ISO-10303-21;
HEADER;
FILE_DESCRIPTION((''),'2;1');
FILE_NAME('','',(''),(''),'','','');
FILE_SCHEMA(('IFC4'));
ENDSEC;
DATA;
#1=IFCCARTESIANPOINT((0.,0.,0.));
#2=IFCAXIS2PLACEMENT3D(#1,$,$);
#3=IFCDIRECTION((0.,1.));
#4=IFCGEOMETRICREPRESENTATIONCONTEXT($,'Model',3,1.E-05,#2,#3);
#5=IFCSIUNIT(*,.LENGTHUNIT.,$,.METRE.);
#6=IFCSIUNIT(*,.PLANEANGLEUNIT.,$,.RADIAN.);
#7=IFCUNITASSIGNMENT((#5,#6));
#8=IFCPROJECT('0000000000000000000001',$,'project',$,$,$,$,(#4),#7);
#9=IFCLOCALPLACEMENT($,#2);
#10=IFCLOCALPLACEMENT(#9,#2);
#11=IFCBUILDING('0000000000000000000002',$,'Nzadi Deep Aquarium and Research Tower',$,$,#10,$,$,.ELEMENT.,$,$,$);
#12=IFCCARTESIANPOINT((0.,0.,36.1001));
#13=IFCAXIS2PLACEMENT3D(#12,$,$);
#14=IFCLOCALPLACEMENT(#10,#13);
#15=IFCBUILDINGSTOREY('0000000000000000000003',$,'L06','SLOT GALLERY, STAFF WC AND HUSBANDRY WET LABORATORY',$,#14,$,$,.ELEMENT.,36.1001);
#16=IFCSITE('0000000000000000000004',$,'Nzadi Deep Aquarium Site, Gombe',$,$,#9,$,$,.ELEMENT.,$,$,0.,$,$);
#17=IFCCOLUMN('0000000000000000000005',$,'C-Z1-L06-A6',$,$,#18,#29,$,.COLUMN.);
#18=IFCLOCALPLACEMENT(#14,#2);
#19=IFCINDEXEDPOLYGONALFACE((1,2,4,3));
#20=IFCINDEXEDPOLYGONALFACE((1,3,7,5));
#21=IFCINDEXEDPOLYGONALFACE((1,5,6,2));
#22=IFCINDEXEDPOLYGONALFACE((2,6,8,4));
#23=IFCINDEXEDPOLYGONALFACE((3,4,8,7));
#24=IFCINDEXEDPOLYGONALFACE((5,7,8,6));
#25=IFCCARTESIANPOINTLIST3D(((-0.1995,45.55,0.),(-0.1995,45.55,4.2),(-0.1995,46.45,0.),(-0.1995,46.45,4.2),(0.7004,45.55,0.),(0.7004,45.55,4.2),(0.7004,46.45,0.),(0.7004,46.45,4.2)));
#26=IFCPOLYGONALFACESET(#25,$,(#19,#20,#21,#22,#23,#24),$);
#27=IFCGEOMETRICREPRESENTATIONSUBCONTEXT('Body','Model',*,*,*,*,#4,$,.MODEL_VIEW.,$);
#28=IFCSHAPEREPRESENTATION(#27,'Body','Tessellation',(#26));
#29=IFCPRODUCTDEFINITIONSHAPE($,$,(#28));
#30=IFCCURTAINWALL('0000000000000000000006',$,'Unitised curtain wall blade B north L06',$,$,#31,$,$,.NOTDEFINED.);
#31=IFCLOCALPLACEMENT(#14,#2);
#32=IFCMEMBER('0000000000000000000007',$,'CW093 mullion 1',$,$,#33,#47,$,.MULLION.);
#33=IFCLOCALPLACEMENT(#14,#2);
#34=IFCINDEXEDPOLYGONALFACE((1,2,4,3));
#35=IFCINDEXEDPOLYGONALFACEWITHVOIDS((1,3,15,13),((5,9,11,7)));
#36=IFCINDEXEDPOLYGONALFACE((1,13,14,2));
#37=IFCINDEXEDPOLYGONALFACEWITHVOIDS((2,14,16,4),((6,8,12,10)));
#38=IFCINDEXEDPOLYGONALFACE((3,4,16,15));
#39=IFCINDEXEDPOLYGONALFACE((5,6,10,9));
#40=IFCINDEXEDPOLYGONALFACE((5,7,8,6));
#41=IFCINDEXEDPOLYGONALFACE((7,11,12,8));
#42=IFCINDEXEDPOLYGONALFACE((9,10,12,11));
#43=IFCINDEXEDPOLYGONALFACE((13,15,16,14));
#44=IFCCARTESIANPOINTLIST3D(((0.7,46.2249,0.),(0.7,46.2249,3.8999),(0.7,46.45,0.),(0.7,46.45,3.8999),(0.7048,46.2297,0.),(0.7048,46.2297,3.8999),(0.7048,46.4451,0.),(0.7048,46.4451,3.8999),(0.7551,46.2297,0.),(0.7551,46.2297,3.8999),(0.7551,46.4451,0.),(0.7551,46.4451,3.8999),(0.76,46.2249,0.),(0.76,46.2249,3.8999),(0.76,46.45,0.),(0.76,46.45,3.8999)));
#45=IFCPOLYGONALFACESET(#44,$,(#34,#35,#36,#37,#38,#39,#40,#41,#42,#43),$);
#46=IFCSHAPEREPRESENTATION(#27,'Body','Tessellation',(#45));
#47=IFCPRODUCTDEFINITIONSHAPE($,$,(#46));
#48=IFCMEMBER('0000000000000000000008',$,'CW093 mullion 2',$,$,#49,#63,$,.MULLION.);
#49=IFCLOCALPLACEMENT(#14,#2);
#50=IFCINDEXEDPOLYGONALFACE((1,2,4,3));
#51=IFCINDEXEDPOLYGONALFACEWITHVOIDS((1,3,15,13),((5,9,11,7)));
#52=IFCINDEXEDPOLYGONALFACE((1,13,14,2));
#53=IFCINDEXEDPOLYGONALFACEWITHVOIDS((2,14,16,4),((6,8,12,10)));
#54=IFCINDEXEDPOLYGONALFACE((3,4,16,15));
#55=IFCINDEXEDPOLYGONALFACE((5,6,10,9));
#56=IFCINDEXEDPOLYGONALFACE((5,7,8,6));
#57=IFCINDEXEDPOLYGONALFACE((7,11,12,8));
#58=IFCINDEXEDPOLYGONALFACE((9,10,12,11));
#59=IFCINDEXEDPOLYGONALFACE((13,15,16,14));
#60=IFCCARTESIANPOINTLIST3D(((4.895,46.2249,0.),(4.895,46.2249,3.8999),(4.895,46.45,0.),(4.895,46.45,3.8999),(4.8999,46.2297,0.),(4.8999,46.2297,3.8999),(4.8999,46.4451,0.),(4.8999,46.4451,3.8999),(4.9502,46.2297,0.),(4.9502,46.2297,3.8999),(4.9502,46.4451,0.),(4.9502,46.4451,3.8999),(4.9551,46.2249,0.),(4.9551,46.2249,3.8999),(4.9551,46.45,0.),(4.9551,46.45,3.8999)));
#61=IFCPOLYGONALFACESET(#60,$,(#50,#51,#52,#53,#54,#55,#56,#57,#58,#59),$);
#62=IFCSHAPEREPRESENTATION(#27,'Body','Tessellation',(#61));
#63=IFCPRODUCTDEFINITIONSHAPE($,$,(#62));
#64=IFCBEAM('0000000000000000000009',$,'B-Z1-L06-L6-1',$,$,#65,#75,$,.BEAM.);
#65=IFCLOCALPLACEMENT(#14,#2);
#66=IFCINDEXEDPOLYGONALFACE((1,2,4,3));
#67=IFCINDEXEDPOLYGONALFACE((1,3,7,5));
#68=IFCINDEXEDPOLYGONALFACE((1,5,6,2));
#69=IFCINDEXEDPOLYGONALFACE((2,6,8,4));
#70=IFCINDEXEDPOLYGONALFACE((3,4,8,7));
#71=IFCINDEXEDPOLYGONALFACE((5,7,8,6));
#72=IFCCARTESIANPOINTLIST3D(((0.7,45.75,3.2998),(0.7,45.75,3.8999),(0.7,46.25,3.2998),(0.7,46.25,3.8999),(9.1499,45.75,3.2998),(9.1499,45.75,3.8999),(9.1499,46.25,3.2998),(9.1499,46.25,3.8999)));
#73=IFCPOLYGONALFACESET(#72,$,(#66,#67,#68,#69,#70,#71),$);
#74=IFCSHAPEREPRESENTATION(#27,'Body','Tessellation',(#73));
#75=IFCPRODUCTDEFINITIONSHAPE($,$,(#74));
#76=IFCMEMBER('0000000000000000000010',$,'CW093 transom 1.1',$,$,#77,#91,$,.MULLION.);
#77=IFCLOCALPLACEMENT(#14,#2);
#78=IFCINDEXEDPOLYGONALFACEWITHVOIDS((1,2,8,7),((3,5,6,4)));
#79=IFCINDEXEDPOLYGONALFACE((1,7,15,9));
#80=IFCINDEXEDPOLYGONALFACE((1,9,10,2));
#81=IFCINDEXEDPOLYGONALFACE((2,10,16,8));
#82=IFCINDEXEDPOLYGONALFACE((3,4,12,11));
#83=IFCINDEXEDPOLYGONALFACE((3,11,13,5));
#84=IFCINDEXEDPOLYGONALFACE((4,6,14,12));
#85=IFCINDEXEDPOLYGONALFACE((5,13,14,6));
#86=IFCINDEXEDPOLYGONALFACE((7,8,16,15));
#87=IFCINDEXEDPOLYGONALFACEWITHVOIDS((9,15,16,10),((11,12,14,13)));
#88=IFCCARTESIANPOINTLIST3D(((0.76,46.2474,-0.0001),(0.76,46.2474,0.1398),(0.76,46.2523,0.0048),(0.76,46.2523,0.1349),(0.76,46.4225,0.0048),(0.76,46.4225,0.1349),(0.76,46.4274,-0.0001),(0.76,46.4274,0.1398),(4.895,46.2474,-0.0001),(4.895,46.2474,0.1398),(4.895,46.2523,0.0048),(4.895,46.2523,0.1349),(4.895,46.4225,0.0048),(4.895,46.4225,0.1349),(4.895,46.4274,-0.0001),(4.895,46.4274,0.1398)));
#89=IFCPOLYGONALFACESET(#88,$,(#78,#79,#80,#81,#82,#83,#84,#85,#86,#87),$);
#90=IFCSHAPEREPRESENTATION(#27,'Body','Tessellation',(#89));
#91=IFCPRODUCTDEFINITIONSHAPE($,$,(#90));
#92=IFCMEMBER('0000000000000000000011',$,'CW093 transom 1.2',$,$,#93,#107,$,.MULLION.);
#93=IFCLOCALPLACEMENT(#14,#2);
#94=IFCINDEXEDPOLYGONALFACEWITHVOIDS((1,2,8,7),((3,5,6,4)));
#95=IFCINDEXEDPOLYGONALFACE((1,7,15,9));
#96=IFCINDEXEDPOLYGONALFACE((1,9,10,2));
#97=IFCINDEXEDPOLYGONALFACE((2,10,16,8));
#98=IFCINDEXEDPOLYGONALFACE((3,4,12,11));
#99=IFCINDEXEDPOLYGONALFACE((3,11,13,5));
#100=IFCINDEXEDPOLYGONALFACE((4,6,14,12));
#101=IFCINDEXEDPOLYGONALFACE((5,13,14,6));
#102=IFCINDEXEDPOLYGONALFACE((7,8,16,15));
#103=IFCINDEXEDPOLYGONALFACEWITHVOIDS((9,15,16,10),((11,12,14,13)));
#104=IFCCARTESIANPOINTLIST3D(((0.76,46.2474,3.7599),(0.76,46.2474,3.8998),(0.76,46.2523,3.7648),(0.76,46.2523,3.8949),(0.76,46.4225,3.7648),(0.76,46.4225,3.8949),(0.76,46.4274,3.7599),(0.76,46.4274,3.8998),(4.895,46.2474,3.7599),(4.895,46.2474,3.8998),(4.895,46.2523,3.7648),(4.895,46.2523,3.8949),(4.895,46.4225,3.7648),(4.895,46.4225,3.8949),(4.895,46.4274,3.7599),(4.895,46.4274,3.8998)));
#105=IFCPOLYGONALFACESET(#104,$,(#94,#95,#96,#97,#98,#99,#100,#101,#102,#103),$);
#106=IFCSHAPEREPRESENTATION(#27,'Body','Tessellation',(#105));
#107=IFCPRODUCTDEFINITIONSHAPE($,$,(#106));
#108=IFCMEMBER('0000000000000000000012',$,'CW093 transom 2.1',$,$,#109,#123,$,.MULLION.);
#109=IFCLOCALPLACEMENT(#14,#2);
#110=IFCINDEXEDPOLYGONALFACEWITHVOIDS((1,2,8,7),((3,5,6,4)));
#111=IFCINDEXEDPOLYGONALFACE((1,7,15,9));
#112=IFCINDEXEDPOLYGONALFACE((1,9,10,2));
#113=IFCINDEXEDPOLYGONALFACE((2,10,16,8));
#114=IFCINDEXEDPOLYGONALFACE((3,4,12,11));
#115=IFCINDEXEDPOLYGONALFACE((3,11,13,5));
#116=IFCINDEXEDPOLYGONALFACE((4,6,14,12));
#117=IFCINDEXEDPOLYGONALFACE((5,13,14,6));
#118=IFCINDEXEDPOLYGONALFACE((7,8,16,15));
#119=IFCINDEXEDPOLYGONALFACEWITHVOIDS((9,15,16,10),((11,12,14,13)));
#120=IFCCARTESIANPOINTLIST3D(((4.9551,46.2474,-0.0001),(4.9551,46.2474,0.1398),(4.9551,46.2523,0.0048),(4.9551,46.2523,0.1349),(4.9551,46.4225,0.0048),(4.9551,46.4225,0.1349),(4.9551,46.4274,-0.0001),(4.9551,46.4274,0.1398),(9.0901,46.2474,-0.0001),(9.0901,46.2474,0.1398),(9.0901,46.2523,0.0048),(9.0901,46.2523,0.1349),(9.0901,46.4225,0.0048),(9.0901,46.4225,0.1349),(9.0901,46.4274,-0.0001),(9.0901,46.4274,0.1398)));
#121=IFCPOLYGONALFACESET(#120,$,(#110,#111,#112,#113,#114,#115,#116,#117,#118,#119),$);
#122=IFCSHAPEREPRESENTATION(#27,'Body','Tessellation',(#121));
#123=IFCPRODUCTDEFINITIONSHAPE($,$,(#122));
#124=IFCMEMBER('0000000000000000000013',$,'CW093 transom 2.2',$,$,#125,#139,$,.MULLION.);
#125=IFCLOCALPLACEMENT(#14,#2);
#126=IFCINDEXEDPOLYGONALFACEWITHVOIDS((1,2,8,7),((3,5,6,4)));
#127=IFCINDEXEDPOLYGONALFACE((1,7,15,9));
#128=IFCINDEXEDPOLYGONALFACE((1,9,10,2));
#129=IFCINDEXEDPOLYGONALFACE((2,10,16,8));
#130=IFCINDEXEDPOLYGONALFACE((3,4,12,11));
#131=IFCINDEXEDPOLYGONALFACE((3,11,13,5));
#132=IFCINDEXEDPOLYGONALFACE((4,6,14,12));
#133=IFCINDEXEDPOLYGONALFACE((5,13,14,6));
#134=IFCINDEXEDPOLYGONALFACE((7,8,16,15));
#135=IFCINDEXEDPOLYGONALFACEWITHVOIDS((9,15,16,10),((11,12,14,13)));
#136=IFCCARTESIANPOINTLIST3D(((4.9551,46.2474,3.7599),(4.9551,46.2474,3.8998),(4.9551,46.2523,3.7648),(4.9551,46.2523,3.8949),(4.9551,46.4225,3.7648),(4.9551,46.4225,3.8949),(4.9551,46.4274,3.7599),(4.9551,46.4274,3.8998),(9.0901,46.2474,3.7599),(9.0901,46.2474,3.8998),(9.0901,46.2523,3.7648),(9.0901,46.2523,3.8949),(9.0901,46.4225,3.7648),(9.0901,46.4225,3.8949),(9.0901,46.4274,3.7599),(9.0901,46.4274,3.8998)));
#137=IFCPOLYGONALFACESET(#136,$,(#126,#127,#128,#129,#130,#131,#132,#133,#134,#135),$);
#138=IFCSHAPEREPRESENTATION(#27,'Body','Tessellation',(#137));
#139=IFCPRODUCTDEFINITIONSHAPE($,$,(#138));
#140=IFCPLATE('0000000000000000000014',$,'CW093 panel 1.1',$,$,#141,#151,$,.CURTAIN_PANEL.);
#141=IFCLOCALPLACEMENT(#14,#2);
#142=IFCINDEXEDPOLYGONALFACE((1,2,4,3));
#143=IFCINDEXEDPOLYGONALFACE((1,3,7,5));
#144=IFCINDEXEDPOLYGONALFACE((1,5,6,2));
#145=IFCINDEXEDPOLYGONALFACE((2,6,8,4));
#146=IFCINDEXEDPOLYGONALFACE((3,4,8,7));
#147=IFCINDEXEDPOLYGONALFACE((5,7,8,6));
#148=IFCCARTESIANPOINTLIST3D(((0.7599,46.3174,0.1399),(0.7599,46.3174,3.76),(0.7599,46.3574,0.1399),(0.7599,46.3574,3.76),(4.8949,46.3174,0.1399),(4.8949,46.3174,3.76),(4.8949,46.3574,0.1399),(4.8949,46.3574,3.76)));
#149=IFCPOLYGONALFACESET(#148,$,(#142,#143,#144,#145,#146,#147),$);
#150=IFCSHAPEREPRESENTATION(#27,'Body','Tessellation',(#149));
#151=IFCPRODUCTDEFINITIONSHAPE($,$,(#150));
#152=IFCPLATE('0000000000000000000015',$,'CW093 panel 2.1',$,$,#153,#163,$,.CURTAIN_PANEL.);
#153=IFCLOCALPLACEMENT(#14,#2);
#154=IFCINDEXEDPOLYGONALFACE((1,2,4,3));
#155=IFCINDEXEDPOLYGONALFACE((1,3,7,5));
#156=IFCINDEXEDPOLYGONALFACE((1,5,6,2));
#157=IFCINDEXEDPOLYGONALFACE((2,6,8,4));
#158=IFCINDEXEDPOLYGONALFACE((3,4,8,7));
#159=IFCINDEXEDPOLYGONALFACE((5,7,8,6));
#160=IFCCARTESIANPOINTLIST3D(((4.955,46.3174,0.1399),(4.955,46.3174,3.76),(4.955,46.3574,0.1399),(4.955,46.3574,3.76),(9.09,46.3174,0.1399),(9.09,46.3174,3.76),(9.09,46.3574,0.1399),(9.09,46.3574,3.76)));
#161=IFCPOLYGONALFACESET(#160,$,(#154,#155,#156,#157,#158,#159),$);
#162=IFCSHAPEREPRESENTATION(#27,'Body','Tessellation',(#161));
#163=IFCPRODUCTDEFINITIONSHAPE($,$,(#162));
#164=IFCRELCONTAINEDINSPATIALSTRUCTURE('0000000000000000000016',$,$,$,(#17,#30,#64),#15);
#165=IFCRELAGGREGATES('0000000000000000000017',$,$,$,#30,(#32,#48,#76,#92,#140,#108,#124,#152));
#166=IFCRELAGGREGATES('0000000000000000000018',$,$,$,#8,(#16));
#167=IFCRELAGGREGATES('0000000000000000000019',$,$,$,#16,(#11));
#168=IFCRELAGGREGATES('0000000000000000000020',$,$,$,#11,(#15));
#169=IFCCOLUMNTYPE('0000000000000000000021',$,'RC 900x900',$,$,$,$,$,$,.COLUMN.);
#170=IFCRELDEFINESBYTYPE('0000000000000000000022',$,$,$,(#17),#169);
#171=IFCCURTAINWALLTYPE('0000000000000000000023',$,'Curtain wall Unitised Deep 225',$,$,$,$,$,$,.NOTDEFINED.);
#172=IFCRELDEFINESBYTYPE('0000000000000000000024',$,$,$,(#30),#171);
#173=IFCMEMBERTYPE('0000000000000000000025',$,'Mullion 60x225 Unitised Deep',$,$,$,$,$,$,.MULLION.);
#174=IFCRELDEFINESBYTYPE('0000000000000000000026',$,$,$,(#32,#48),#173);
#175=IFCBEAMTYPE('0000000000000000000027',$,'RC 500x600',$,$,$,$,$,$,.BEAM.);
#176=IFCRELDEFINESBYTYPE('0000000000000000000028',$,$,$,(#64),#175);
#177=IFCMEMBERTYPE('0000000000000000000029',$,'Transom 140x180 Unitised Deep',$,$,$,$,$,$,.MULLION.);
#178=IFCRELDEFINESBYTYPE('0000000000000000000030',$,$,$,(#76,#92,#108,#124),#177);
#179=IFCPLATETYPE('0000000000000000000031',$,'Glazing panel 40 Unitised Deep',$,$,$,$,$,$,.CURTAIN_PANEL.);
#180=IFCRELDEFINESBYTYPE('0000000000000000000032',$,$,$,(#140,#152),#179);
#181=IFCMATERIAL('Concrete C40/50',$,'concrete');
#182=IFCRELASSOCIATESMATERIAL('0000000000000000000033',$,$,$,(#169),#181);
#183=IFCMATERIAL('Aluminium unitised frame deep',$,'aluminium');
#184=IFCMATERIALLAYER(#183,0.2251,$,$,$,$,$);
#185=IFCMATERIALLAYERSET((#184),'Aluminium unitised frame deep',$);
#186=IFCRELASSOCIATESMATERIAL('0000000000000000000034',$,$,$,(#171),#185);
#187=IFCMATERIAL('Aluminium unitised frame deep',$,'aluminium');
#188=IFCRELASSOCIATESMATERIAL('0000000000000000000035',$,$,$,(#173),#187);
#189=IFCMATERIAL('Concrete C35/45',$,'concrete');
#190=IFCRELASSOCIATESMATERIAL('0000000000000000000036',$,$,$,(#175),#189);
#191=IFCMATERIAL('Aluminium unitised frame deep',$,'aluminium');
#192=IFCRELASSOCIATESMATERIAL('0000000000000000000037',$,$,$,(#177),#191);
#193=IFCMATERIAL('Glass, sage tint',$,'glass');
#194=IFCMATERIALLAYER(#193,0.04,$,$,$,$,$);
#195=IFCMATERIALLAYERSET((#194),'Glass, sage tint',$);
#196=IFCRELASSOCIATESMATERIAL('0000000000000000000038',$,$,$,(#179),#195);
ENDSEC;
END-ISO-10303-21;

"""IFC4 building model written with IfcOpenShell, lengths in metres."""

from ifc_helpers import new_model, si_unit, direction, frame, origin, origin_2d, place, context, subcontext, project, spatial, rectangle, hollow_rectangle, extrude, material, layer, layer_set, material_profile, profile_set, type_object, element, aggregate, save


model = new_model("IFC4")

# Units and contexts
model_context = context("Model", 3, precision=1e-05, world=origin(), true_north=direction((0.0, 1.0)))
body_context = subcontext(model_context, "Body", "Model", "MODEL_VIEW")
ifc_project = project(units=[si_unit("LENGTHUNIT", "METRE"), si_unit("PLANEANGLEUNIT", "RADIAN")], contexts=[model_context])

# Site, building, storey
site_placement = place(None, origin())
site = spatial("IfcSite", under=ifc_project, at=site_placement, Name="Nzadi Deep Aquarium Site, Gombe", CompositionType="ELEMENT", RefElevation=0.0)
building_placement = place(site_placement, origin())
building = spatial("IfcBuilding", under=site, at=building_placement, Name="Nzadi Deep Aquarium and Research Tower", CompositionType="ELEMENT")
storey_placement = place(building_placement, frame((0.0, 0.0, 36.1001)))
storey = spatial("IfcBuildingStorey", under=building, at=storey_placement, Name="L06", Description="SLOT GALLERY, STAFF WC AND HUSBANDRY WET LABORATORY", CompositionType="ELEMENT", Elevation=36.1001)

# Column
ifc_material_1 = material(Name="Concrete C40/50", Category="concrete")
ifc_material_profile_1 = material_profile(ifc_material_1, rectangle(XDim=0.8999, YDim=0.8999, at=origin_2d()))
ifc_profile_set_1 = profile_set([ifc_material_profile_1], Name="Concrete C40/50")
column_type = type_object("IfcColumnType", Name="RC 900x900", PredefinedType="COLUMN", material=ifc_profile_set_1)
column_placement = place(storey_placement, frame((0.2505, 46.0, 0.0), z_axis=(0.0, 0.0, 1.0), x_axis=(1.0, 0.0, 0.0)))
element("IfcColumn", 1, at=column_placement, inside=storey, type_object=column_type, Name="C-Z1-L06-A6", PredefinedType="COLUMN", context=body_context, shape_type="SweptSolid", body=[
    extrude(rectangle(XDim=0.8999, YDim=0.8999, at=origin_2d()), origin(), (0.0, 0.0, 1.0), 4.2),
])

# Curtain wall, members
ifc_material_2 = material(Name="Aluminium unitised frame deep", Category="aluminium")
ifc_layer_1 = layer(ifc_material_2, 0.2251)
ifc_layer_set_1 = layer_set([ifc_layer_1], Name="Aluminium unitised frame deep")
curtain_wall_type = type_object("IfcCurtainWallType", Name="Curtain wall Unitised Deep 225", PredefinedType="NOTDEFINED", material=ifc_layer_set_1)
curtain_wall_placement = place(storey_placement, origin())
curtain_wall = element("IfcCurtainWall", 2, at=curtain_wall_placement, inside=storey, type_object=curtain_wall_type, Name="Unitised curtain wall blade B north L06", PredefinedType="NOTDEFINED")
ifc_material_3 = material(Name="Aluminium unitised frame deep", Category="aluminium")
ifc_material_profile_2 = material_profile(ifc_material_3, hollow_rectangle(XDim=0.2251, YDim=0.0601, WallThickness=0.0049, at=origin_2d()))
ifc_profile_set_2 = profile_set([ifc_material_profile_2], Name="Aluminium unitised frame deep")
member_type_1 = type_object("IfcMemberType", Name="Mullion 60x225 Unitised Deep", PredefinedType="MULLION", material=ifc_profile_set_2)
member_1_placement = place(storey_placement, frame((0.73, 46.3374, 0.0), z_axis=(0.0, 0.0, 1.0), x_axis=(0.0, 1.0, 0.0)))
member_1 = element("IfcMember", 3, at=member_1_placement, type_object=member_type_1, Name="CW093 mullion 1", PredefinedType="MULLION", context=body_context, shape_type="SweptSolid", body=[
    extrude(hollow_rectangle(XDim=0.2251, YDim=0.0601, WallThickness=0.0049, at=origin_2d()), origin(), (0.0, 0.0, 1.0), 3.8999),
])
member_2_placement = place(storey_placement, frame((4.925, 46.3374, 0.0), z_axis=(0.0, 0.0, 1.0), x_axis=(0.0, 1.0, 0.0)))
member_2 = element("IfcMember", 4, at=member_2_placement, type_object=member_type_1, Name="CW093 mullion 2", PredefinedType="MULLION", context=body_context, shape_type="SweptSolid", body=[
    extrude(hollow_rectangle(XDim=0.2251, YDim=0.0601, WallThickness=0.0049, at=origin_2d()), origin(), (0.0, 0.0, 1.0), 3.8999),
])

# Beam
ifc_material_4 = material(Name="Concrete C35/45", Category="concrete")
ifc_material_profile_3 = material_profile(ifc_material_4, rectangle(XDim=0.5, YDim=0.6001, at=origin_2d()))
ifc_profile_set_3 = profile_set([ifc_material_profile_3], Name="Concrete C35/45")
beam_type = type_object("IfcBeamType", Name="RC 500x600", PredefinedType="BEAM", material=ifc_profile_set_3)
beam_placement = place(storey_placement, frame((0.7, 46.0, 3.5999), z_axis=(1.0, 0.0, 0.0), x_axis=(0.0, 1.0, 0.0)))
element("IfcBeam", 5, at=beam_placement, inside=storey, type_object=beam_type, Name="B-Z1-L06-L6-1", PredefinedType="BEAM", context=body_context, shape_type="SweptSolid", body=[
    extrude(rectangle(XDim=0.5, YDim=0.6001, at=origin_2d()), origin(), (0.0, 0.0, 1.0), 8.45),
])

# Members
ifc_material_5 = material(Name="Aluminium unitised frame deep", Category="aluminium")
ifc_material_profile_4 = material_profile(ifc_material_5, hollow_rectangle(XDim=0.1799, YDim=0.1399, WallThickness=0.0049, at=origin_2d()))
ifc_profile_set_4 = profile_set([ifc_material_profile_4], Name="Aluminium unitised frame deep")
member_type_2 = type_object("IfcMemberType", Name="Transom 140x180 Unitised Deep", PredefinedType="MULLION", material=ifc_profile_set_4)
member_3_placement = place(storey_placement, frame((0.76, 46.3374, 0.0698), z_axis=(1.0, 0.0, 0.0), x_axis=(0.0, 1.0, 0.0)))
member_3 = element("IfcMember", 6, at=member_3_placement, type_object=member_type_2, Name="CW093 transom 1.1", PredefinedType="MULLION", context=body_context, shape_type="SweptSolid", body=[
    extrude(hollow_rectangle(XDim=0.1799, YDim=0.1399, WallThickness=0.0049, at=origin_2d()), origin(), (0.0, 0.0, 1.0), 4.135),
])
member_4_placement = place(storey_placement, frame((0.76, 46.3374, 3.8298), z_axis=(1.0, 0.0, 0.0), x_axis=(0.0, 1.0, 0.0)))
member_4 = element("IfcMember", 7, at=member_4_placement, type_object=member_type_2, Name="CW093 transom 1.2", PredefinedType="MULLION", context=body_context, shape_type="SweptSolid", body=[
    extrude(hollow_rectangle(XDim=0.1799, YDim=0.1399, WallThickness=0.0049, at=origin_2d()), origin(), (0.0, 0.0, 1.0), 4.135),
])
member_5_placement = place(storey_placement, frame((4.9551, 46.3374, 0.0698), z_axis=(1.0, 0.0, 0.0), x_axis=(0.0, 1.0, 0.0)))
member_5 = element("IfcMember", 8, at=member_5_placement, type_object=member_type_2, Name="CW093 transom 2.1", PredefinedType="MULLION", context=body_context, shape_type="SweptSolid", body=[
    extrude(hollow_rectangle(XDim=0.1799, YDim=0.1399, WallThickness=0.0049, at=origin_2d()), origin(), (0.0, 0.0, 1.0), 4.135),
])
member_6_placement = place(storey_placement, frame((4.9551, 46.3374, 3.8298), z_axis=(1.0, 0.0, 0.0), x_axis=(0.0, 1.0, 0.0)))
member_6 = element("IfcMember", 9, at=member_6_placement, type_object=member_type_2, Name="CW093 transom 2.2", PredefinedType="MULLION", context=body_context, shape_type="SweptSolid", body=[
    extrude(hollow_rectangle(XDim=0.1799, YDim=0.1399, WallThickness=0.0049, at=origin_2d()), origin(), (0.0, 0.0, 1.0), 4.135),
])

# Plates
ifc_material_6 = material(Name="Glass, sage tint", Category="glass")
ifc_layer_2 = layer(ifc_material_6, 0.04)
ifc_layer_set_2 = layer_set([ifc_layer_2], Name="Glass, sage tint")
plate_type = type_object("IfcPlateType", Name="Glazing panel 40 Unitised Deep", PredefinedType="CURTAIN_PANEL", material=ifc_layer_set_2)
plate_1_placement = place(storey_placement, frame((2.8274, 46.3374, 0.1399), z_axis=(0.0, 0.0, 1.0), x_axis=(1.0, 0.0, 0.0)))
plate_1 = element("IfcPlate", 10, at=plate_1_placement, type_object=plate_type, Name="CW093 panel 1.1", PredefinedType="CURTAIN_PANEL", context=body_context, shape_type="SweptSolid", body=[
    extrude(rectangle(XDim=4.135, YDim=0.04, at=origin_2d()), origin(), (0.0, 0.0, 1.0), 3.6201),
])
plate_2_placement = place(storey_placement, frame((7.0225, 46.3374, 0.1399), z_axis=(0.0, 0.0, 1.0), x_axis=(1.0, 0.0, 0.0)))
plate_2 = element("IfcPlate", 11, at=plate_2_placement, type_object=plate_type, Name="CW093 panel 2.1", PredefinedType="CURTAIN_PANEL", context=body_context, shape_type="SweptSolid", body=[
    extrude(rectangle(XDim=4.135, YDim=0.04, at=origin_2d()), origin(), (0.0, 0.0, 1.0), 3.6201),
])
aggregate(curtain_wall, [member_1, member_2, member_3, member_4, plate_1, member_5, member_6, plate_2])

save(model, "model.ifc")
